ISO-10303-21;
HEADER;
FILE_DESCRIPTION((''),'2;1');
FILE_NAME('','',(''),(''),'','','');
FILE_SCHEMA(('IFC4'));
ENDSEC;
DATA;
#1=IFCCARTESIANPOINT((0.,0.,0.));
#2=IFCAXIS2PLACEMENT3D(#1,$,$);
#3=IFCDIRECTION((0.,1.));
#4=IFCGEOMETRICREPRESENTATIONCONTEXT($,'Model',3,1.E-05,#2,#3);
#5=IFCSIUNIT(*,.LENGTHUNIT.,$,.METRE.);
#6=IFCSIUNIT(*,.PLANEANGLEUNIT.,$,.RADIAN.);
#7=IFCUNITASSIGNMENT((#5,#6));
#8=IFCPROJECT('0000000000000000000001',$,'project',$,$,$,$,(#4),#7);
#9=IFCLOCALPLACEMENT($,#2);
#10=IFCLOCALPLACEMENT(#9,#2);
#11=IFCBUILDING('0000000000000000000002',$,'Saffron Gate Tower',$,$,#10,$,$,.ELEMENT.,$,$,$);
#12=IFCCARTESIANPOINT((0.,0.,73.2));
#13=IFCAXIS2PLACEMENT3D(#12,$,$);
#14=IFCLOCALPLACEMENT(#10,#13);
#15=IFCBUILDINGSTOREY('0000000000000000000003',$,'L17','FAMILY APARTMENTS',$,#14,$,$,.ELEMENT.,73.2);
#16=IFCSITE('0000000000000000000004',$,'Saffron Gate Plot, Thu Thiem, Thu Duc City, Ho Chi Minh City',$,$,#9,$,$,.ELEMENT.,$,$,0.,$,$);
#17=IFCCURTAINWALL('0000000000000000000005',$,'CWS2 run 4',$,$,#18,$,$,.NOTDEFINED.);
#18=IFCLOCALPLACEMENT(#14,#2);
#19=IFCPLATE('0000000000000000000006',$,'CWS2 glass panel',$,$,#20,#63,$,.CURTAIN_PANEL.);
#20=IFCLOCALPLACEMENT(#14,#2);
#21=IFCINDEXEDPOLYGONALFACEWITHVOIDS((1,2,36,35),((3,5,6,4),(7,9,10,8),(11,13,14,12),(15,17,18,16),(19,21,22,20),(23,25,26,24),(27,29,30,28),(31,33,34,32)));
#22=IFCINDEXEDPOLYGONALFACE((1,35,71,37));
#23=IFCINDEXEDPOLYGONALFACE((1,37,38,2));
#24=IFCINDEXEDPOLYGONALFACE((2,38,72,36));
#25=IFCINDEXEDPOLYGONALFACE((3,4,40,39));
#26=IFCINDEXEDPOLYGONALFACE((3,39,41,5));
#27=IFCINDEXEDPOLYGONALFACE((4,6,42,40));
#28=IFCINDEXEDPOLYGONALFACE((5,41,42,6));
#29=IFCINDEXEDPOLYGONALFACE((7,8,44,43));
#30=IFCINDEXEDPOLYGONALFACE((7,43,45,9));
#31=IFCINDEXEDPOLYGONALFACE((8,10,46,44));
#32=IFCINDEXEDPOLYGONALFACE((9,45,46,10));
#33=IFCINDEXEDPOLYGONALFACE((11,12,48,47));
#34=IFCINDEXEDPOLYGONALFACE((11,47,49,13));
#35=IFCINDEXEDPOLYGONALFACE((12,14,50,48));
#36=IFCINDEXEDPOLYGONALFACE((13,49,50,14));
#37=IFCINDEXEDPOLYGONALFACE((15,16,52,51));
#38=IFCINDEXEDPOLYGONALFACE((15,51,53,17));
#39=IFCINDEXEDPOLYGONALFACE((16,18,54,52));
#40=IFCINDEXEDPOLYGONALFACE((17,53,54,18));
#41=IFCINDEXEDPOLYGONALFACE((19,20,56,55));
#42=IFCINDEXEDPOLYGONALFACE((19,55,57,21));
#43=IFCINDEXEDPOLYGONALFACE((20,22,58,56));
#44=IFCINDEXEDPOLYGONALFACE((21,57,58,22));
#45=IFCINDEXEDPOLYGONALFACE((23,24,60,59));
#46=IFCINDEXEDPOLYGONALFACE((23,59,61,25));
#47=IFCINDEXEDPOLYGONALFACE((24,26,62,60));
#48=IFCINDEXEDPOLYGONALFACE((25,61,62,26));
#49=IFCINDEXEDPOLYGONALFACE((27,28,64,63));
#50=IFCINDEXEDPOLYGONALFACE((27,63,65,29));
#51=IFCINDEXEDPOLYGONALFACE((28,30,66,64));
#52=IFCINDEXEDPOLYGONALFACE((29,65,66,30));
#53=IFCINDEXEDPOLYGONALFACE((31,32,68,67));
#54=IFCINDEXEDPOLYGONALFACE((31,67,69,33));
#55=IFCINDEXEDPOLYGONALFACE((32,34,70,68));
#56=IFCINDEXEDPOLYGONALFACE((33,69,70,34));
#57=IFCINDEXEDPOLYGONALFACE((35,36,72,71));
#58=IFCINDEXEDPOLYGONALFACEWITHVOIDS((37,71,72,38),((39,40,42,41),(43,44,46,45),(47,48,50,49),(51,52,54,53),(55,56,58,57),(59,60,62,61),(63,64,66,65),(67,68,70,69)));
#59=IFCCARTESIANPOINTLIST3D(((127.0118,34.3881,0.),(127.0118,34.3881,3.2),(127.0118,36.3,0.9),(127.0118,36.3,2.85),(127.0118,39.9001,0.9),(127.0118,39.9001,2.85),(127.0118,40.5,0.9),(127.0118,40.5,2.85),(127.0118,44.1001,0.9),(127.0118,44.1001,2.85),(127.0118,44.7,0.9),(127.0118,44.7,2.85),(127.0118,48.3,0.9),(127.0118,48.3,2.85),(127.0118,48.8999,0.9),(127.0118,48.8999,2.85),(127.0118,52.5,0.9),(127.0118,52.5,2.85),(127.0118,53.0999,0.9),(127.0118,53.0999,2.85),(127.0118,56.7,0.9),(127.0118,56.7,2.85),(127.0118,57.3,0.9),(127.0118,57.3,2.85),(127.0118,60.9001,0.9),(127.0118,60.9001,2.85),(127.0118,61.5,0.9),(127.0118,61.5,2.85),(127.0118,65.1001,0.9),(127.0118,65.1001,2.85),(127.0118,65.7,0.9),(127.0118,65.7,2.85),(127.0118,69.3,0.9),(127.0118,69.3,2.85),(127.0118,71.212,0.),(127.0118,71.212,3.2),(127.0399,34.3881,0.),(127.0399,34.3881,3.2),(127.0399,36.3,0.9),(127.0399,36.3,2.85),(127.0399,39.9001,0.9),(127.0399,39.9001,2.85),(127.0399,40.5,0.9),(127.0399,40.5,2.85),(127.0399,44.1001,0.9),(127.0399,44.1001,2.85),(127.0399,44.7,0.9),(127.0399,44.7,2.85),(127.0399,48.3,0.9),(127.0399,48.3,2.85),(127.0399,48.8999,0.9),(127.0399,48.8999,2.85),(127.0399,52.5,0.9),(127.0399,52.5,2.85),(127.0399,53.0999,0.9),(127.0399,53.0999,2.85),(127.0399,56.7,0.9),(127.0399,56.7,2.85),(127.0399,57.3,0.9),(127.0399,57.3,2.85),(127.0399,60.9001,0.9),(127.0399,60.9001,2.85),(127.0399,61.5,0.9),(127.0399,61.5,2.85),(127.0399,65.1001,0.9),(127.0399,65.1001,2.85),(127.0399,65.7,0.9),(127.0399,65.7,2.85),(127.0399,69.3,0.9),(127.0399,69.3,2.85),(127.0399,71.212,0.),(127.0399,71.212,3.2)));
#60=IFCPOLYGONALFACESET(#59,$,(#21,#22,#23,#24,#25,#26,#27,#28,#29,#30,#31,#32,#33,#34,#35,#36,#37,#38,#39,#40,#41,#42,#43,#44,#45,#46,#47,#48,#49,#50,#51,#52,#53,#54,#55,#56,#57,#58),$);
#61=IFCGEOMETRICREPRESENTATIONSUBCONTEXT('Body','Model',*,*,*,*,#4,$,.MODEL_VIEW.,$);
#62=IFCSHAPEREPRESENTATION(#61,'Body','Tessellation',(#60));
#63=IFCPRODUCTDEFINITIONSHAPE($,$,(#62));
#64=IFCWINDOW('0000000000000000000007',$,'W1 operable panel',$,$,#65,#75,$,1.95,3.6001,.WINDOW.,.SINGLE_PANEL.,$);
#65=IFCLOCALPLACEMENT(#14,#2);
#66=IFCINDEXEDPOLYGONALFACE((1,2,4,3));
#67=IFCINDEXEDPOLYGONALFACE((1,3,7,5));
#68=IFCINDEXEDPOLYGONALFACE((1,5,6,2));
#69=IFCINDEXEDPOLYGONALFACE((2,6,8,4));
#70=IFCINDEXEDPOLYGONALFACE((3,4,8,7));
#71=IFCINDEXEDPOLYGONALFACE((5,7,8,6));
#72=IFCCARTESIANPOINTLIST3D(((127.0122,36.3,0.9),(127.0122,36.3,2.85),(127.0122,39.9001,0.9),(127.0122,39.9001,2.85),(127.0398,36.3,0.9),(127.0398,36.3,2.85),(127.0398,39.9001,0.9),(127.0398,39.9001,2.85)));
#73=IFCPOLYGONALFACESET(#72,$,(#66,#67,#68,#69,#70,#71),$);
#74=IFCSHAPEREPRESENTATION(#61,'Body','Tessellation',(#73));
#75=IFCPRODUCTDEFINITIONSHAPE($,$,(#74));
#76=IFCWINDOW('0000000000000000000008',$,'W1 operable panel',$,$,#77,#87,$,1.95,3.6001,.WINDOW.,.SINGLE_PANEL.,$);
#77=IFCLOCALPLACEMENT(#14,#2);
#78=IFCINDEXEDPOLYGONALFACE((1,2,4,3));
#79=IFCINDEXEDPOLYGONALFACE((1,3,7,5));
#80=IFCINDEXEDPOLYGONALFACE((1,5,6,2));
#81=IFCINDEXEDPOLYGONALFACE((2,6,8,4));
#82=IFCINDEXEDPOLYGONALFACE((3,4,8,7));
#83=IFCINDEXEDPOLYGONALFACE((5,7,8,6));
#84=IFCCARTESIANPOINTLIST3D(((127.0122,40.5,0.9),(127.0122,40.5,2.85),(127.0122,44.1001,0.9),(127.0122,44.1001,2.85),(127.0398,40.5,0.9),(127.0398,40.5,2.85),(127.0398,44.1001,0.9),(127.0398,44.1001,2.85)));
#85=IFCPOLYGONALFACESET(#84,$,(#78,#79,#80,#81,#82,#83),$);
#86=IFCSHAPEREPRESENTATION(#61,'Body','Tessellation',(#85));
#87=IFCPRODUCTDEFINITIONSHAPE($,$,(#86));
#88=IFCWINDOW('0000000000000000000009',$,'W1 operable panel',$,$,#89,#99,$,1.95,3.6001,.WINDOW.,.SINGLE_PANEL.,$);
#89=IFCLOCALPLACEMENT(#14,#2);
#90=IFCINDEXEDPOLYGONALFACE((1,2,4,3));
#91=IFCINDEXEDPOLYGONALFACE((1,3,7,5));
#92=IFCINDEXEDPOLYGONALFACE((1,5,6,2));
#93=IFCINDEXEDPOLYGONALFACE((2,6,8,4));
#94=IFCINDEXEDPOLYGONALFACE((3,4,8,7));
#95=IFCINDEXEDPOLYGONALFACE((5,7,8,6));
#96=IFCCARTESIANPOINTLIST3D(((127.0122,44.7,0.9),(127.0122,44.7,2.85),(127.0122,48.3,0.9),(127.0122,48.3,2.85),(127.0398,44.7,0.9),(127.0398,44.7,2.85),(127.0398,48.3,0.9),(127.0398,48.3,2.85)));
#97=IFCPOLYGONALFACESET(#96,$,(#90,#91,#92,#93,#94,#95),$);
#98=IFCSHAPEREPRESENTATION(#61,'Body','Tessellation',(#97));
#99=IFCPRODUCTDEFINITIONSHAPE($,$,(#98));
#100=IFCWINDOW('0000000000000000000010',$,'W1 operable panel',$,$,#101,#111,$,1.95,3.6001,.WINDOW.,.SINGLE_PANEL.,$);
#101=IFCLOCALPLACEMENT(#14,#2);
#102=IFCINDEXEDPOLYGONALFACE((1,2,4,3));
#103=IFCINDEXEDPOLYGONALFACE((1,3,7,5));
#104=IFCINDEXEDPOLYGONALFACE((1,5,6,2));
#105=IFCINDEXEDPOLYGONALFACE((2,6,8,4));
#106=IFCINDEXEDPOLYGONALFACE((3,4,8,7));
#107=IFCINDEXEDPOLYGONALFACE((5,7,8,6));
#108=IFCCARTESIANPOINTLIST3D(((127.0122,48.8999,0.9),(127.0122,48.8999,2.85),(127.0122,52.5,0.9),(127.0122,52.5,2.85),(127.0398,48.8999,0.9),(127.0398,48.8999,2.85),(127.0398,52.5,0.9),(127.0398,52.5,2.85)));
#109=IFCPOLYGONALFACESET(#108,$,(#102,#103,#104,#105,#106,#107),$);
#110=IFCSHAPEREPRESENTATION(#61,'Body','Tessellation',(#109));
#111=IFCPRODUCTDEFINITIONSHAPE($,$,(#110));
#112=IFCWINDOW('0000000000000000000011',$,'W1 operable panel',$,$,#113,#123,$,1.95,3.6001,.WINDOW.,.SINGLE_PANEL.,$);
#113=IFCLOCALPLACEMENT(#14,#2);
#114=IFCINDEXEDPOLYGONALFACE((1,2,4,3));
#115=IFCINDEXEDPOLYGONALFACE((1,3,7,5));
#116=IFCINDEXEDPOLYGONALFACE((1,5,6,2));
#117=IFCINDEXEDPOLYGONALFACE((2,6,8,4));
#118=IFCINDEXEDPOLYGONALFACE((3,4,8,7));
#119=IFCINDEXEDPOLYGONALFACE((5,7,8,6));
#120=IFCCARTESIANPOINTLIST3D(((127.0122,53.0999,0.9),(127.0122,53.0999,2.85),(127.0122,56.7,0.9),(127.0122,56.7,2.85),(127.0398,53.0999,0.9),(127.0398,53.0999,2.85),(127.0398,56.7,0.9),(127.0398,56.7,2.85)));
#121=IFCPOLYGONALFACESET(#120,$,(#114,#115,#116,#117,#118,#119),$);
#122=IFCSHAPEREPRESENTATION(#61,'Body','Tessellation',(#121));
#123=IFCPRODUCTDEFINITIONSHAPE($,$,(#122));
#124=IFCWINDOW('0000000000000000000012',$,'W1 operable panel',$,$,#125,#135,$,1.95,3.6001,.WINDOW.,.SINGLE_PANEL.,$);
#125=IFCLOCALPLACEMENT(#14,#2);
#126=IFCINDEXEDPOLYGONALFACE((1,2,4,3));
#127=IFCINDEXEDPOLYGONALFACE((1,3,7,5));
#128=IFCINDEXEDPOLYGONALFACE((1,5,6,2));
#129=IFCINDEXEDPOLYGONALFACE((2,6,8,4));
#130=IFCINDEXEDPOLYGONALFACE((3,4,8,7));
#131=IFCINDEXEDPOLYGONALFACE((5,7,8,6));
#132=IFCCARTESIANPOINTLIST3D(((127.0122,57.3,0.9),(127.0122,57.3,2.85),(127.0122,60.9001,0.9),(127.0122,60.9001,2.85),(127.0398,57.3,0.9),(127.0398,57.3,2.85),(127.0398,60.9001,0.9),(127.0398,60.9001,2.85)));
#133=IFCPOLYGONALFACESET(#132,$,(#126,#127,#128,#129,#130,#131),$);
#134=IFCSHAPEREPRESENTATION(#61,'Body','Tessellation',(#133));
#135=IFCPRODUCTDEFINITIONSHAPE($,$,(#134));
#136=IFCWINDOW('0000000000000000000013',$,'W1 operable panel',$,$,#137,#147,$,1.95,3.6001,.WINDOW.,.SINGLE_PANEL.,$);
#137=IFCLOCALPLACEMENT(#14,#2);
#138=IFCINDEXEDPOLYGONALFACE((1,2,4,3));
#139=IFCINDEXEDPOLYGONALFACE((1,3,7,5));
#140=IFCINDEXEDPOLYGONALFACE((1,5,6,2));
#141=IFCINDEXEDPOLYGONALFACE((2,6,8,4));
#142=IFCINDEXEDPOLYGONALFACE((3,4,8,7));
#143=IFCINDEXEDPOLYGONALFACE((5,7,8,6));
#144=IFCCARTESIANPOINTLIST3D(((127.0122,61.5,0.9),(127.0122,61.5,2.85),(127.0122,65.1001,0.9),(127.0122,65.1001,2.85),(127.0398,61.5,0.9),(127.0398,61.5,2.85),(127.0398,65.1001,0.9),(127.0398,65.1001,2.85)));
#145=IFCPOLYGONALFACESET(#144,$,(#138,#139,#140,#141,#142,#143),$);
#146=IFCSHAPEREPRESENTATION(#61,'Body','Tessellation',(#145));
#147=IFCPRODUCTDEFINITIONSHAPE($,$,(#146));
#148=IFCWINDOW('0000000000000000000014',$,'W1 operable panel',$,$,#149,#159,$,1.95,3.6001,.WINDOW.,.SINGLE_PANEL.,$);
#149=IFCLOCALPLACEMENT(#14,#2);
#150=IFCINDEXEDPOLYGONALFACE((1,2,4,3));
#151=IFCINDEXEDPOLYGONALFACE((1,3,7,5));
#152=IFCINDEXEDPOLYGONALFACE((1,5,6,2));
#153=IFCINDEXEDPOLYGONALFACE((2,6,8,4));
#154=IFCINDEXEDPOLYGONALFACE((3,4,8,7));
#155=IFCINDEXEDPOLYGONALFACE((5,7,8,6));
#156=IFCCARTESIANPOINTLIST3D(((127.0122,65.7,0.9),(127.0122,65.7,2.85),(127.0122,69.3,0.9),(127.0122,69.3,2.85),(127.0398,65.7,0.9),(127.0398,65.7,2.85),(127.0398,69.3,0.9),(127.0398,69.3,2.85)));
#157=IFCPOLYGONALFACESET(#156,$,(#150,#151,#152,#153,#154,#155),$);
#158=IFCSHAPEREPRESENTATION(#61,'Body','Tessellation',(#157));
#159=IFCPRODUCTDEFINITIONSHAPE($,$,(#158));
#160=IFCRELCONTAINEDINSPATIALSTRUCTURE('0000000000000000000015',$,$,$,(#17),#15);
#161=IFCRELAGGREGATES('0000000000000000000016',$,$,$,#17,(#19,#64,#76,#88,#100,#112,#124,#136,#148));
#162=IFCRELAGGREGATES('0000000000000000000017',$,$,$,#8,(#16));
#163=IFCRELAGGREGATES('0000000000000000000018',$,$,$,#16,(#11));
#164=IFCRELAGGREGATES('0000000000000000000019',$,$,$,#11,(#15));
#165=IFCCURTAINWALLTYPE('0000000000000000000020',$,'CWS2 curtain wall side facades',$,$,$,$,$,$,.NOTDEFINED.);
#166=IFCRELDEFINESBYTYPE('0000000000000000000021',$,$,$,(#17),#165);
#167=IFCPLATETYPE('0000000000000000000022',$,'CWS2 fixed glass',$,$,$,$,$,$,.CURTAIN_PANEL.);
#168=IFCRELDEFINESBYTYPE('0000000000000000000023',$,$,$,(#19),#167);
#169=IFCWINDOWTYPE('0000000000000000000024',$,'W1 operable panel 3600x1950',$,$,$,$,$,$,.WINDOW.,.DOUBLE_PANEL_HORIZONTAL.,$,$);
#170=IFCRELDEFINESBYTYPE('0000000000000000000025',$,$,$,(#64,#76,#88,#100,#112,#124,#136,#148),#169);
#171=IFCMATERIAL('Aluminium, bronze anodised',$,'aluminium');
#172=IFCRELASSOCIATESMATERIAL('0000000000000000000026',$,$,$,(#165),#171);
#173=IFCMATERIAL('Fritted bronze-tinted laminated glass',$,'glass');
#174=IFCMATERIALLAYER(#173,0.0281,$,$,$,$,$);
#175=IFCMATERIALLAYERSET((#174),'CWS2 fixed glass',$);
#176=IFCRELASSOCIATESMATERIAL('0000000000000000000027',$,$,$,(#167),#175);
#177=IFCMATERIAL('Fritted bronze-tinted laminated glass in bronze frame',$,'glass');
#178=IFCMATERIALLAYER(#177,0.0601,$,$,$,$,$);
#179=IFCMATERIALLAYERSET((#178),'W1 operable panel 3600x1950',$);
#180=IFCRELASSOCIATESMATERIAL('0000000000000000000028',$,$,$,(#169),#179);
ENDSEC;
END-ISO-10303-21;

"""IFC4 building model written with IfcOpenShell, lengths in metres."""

from ifc_helpers import new_model, si_unit, direction, frame, frame_2d, origin, place, context, subcontext, project, spatial, rectangle, extrude, material, layer, layer_set, type_object, element, fill, aggregate, save


model = new_model("IFC4")

# Units and contexts
model_context = context("Model", 3, precision=1e-05, world=origin(), true_north=direction((0.0, 1.0)))
body_context = subcontext(model_context, "Body", "Model", "MODEL_VIEW")
ifc_project = project(units=[si_unit("LENGTHUNIT", "METRE"), si_unit("PLANEANGLEUNIT", "RADIAN")], contexts=[model_context])

# Site, building, storey
site_placement = place(None, origin())
site = spatial("IfcSite", under=ifc_project, at=site_placement, Name="Saffron Gate Plot, Thu Thiem, Thu Duc City, Ho Chi Minh City", CompositionType="ELEMENT", RefElevation=0.0)
building_placement = place(site_placement, origin())
building = spatial("IfcBuilding", under=site, at=building_placement, Name="Saffron Gate Tower", CompositionType="ELEMENT")
storey_placement = place(building_placement, frame((0.0, 0.0, 73.2)))
storey = spatial("IfcBuildingStorey", under=building, at=storey_placement, Name="L17", Description="FAMILY APARTMENTS", CompositionType="ELEMENT", Elevation=73.2)

# Curtain wall
ifc_material_1 = material(Name="Aluminium, bronze anodised", Category="aluminium")
curtain_wall_type_1 = type_object("IfcCurtainWallType", Name="CWS2 curtain wall side facades", PredefinedType="NOTDEFINED", material=ifc_material_1)
curtain_wall_1_placement = place(storey_placement, origin())
curtain_wall_1 = element("IfcCurtainWall", 1, at=curtain_wall_1_placement, inside=storey, type_object=curtain_wall_type_1, Name="CWS2 run 4", PredefinedType="NOTDEFINED")

# Plate, openings, windows
ifc_material_2 = material(Name="Fritted bronze-tinted laminated glass", Category="glass")
ifc_layer_1 = layer(ifc_material_2, 0.0281)
ifc_layer_set_1 = layer_set([ifc_layer_1], Name="CWS2 fixed glass")
plate_type = type_object("IfcPlateType", Name="CWS2 fixed glass", PredefinedType="CURTAIN_PANEL", material=ifc_layer_set_1)
plate_placement = place(storey_placement, frame((127.0259, 34.3879, 0.0), z_axis=(0.0, 0.0, 1.0), x_axis=(0.0, 1.0, 0.0)))
plate = element("IfcPlate", 2, at=plate_placement, type_object=plate_type, Name="CWS2 glass panel", PredefinedType="CURTAIN_PANEL", context=body_context, shape_type="SweptSolid", body=[
    extrude(rectangle(XDim=36.824, YDim=0.0281, at=frame_2d((18.4121, 0.0))), origin(), (0.0, 0.0, 1.0), 3.2),
])
opening_1_placement = place(plate_placement, frame((1.9121, 0.0, 0.8999)))
opening_1 = element("IfcOpeningElement", 3, at=opening_1_placement, cuts=plate, PredefinedType="OPENING", context=body_context, shape_type="SweptSolid", body=[
    extrude(rectangle(XDim=3.6001, YDim=1.95, at=frame_2d((1.8, 0.9751))), frame((0.0, 0.0239, 0.0), z_axis=(0.0, -1.0, 0.0), x_axis=(1.0, 0.0, 0.0)), (0.0, 0.0, 1.0), 0.0481),
])
opening_2_placement = place(plate_placement, frame((6.1121, 0.0, 0.8999)))
opening_2 = element("IfcOpeningElement", 4, at=opening_2_placement, cuts=plate, PredefinedType="OPENING", context=body_context, shape_type="SweptSolid", body=[
    extrude(rectangle(XDim=3.6001, YDim=1.95, at=frame_2d((1.8, 0.9751))), frame((0.0, 0.0239, 0.0), z_axis=(0.0, -1.0, 0.0), x_axis=(1.0, 0.0, 0.0)), (0.0, 0.0, 1.0), 0.0481),
])
opening_3_placement = place(plate_placement, frame((10.312, 0.0, 0.8999)))
opening_3 = element("IfcOpeningElement", 5, at=opening_3_placement, cuts=plate, PredefinedType="OPENING", context=body_context, shape_type="SweptSolid", body=[
    extrude(rectangle(XDim=3.6001, YDim=1.95, at=frame_2d((1.8, 0.9751))), frame((0.0, 0.0239, 0.0), z_axis=(0.0, -1.0, 0.0), x_axis=(1.0, 0.0, 0.0)), (0.0, 0.0, 1.0), 0.0481),
])
opening_4_placement = place(plate_placement, frame((14.512, 0.0, 0.8999)))
opening_4 = element("IfcOpeningElement", 6, at=opening_4_placement, cuts=plate, PredefinedType="OPENING", context=body_context, shape_type="SweptSolid", body=[
    extrude(rectangle(XDim=3.6001, YDim=1.95, at=frame_2d((1.8, 0.9751))), frame((0.0, 0.0239, 0.0), z_axis=(0.0, -1.0, 0.0), x_axis=(1.0, 0.0, 0.0)), (0.0, 0.0, 1.0), 0.0481),
])
opening_5_placement = place(plate_placement, frame((18.7119, 0.0, 0.8999)))
opening_5 = element("IfcOpeningElement", 7, at=opening_5_placement, cuts=plate, PredefinedType="OPENING", context=body_context, shape_type="SweptSolid", body=[
    extrude(rectangle(XDim=3.6001, YDim=1.95, at=frame_2d((1.8, 0.9751))), frame((0.0, 0.0239, 0.0), z_axis=(0.0, -1.0, 0.0), x_axis=(1.0, 0.0, 0.0)), (0.0, 0.0, 1.0), 0.0481),
])
opening_6_placement = place(plate_placement, frame((22.9121, 0.0, 0.8999)))
opening_6 = element("IfcOpeningElement", 8, at=opening_6_placement, cuts=plate, PredefinedType="OPENING", context=body_context, shape_type="SweptSolid", body=[
    extrude(rectangle(XDim=3.6001, YDim=1.95, at=frame_2d((1.8, 0.9751))), frame((0.0, 0.0239, 0.0), z_axis=(0.0, -1.0, 0.0), x_axis=(1.0, 0.0, 0.0)), (0.0, 0.0, 1.0), 0.0481),
])
opening_7_placement = place(plate_placement, frame((27.1121, 0.0, 0.8999)))
opening_7 = element("IfcOpeningElement", 9, at=opening_7_placement, cuts=plate, PredefinedType="OPENING", context=body_context, shape_type="SweptSolid", body=[
    extrude(rectangle(XDim=3.6001, YDim=1.95, at=frame_2d((1.8, 0.9751))), frame((0.0, 0.0239, 0.0), z_axis=(0.0, -1.0, 0.0), x_axis=(1.0, 0.0, 0.0)), (0.0, 0.0, 1.0), 0.0481),
])
opening_8_placement = place(plate_placement, frame((31.312, 0.0, 0.8999)))
opening_8 = element("IfcOpeningElement", 10, at=opening_8_placement, cuts=plate, PredefinedType="OPENING", context=body_context, shape_type="SweptSolid", body=[
    extrude(rectangle(XDim=3.6001, YDim=1.95, at=frame_2d((1.8, 0.9751))), frame((0.0, 0.0239, 0.0), z_axis=(0.0, -1.0, 0.0), x_axis=(1.0, 0.0, 0.0)), (0.0, 0.0, 1.0), 0.0481),
])
ifc_material_3 = material(Name="Fritted bronze-tinted laminated glass in bronze frame", Category="glass")
ifc_layer_2 = layer(ifc_material_3, 0.0601)
ifc_layer_set_2 = layer_set([ifc_layer_2], Name="W1 operable panel 3600x1950")
window_type = type_object("IfcWindowType", Name="W1 operable panel 3600x1950", PartitioningType="DOUBLE_PANEL_HORIZONTAL", PredefinedType="WINDOW", material=ifc_layer_set_2)
window_1_placement = place(opening_1_placement, origin())
window_1 = element("IfcWindow", 11, at=window_1_placement, type_object=window_type, Name="W1 operable panel", OverallHeight=1.95, OverallWidth=3.6001, PartitioningType="SINGLE_PANEL", PredefinedType="WINDOW", context=body_context, shape_type="SweptSolid", body=[
    extrude(rectangle(XDim=3.6001, YDim=1.95, at=frame_2d((1.8, 0.9751))), frame((0.0, 0.0137, 0.0), z_axis=(0.0, -1.0, 0.0), x_axis=(1.0, 0.0, 0.0)), (0.0, 0.0, 1.0), 0.0276),
])
fill(opening_1, window_1)
window_2_placement = place(opening_2_placement, origin())
window_2 = element("IfcWindow", 12, at=window_2_placement, type_object=window_type, Name="W1 operable panel", OverallHeight=1.95, OverallWidth=3.6001, PartitioningType="SINGLE_PANEL", PredefinedType="WINDOW", context=body_context, shape_type="SweptSolid", body=[
    extrude(rectangle(XDim=3.6001, YDim=1.95, at=frame_2d((1.8, 0.9751))), frame((0.0, 0.0137, 0.0), z_axis=(0.0, -1.0, 0.0), x_axis=(1.0, 0.0, 0.0)), (0.0, 0.0, 1.0), 0.0276),
])
fill(opening_2, window_2)
window_3_placement = place(opening_3_placement, origin())
window_3 = element("IfcWindow", 13, at=window_3_placement, type_object=window_type, Name="W1 operable panel", OverallHeight=1.95, OverallWidth=3.6001, PartitioningType="SINGLE_PANEL", PredefinedType="WINDOW", context=body_context, shape_type="SweptSolid", body=[
    extrude(rectangle(XDim=3.6001, YDim=1.95, at=frame_2d((1.8, 0.9751))), frame((0.0, 0.0137, 0.0), z_axis=(0.0, -1.0, 0.0), x_axis=(1.0, 0.0, 0.0)), (0.0, 0.0, 1.0), 0.0276),
])
fill(opening_3, window_3)
window_4_placement = place(opening_4_placement, origin())
window_4 = element("IfcWindow", 14, at=window_4_placement, type_object=window_type, Name="W1 operable panel", OverallHeight=1.95, OverallWidth=3.6001, PartitioningType="SINGLE_PANEL", PredefinedType="WINDOW", context=body_context, shape_type="SweptSolid", body=[
    extrude(rectangle(XDim=3.6001, YDim=1.95, at=frame_2d((1.8, 0.9751))), frame((0.0, 0.0137, 0.0), z_axis=(0.0, -1.0, 0.0), x_axis=(1.0, 0.0, 0.0)), (0.0, 0.0, 1.0), 0.0276),
])
fill(opening_4, window_4)
window_5_placement = place(opening_5_placement, origin())
window_5 = element("IfcWindow", 15, at=window_5_placement, type_object=window_type, Name="W1 operable panel", OverallHeight=1.95, OverallWidth=3.6001, PartitioningType="SINGLE_PANEL", PredefinedType="WINDOW", context=body_context, shape_type="SweptSolid", body=[
    extrude(rectangle(XDim=3.6001, YDim=1.95, at=frame_2d((1.8, 0.9751))), frame((0.0, 0.0137, 0.0), z_axis=(0.0, -1.0, 0.0), x_axis=(1.0, 0.0, 0.0)), (0.0, 0.0, 1.0), 0.0276),
])
fill(opening_5, window_5)
window_6_placement = place(opening_6_placement, origin())
window_6 = element("IfcWindow", 16, at=window_6_placement, type_object=window_type, Name="W1 operable panel", OverallHeight=1.95, OverallWidth=3.6001, PartitioningType="SINGLE_PANEL", PredefinedType="WINDOW", context=body_context, shape_type="SweptSolid", body=[
    extrude(rectangle(XDim=3.6001, YDim=1.95, at=frame_2d((1.8, 0.9751))), frame((0.0, 0.0137, 0.0), z_axis=(0.0, -1.0, 0.0), x_axis=(1.0, 0.0, 0.0)), (0.0, 0.0, 1.0), 0.0276),
])
fill(opening_6, window_6)
window_7_placement = place(opening_7_placement, origin())
window_7 = element("IfcWindow", 17, at=window_7_placement, type_object=window_type, Name="W1 operable panel", OverallHeight=1.95, OverallWidth=3.6001, PartitioningType="SINGLE_PANEL", PredefinedType="WINDOW", context=body_context, shape_type="SweptSolid", body=[
    extrude(rectangle(XDim=3.6001, YDim=1.95, at=frame_2d((1.8, 0.9751))), frame((0.0, 0.0137, 0.0), z_axis=(0.0, -1.0, 0.0), x_axis=(1.0, 0.0, 0.0)), (0.0, 0.0, 1.0), 0.0276),
])
fill(opening_7, window_7)
window_8_placement = place(opening_8_placement, origin())
window_8 = element("IfcWindow", 18, at=window_8_placement, type_object=window_type, Name="W1 operable panel", OverallHeight=1.95, OverallWidth=3.6001, PartitioningType="SINGLE_PANEL", PredefinedType="WINDOW", context=body_context, shape_type="SweptSolid", body=[
    extrude(rectangle(XDim=3.6001, YDim=1.95, at=frame_2d((1.8, 0.9751))), frame((0.0, 0.0137, 0.0), z_axis=(0.0, -1.0, 0.0), x_axis=(1.0, 0.0, 0.0)), (0.0, 0.0, 1.0), 0.0276),
])
fill(opening_8, window_8)
aggregate(curtain_wall_1, [plate, window_1, window_2, window_3, window_4, window_5, window_6, window_7, window_8])

save(model, "model.ifc")
